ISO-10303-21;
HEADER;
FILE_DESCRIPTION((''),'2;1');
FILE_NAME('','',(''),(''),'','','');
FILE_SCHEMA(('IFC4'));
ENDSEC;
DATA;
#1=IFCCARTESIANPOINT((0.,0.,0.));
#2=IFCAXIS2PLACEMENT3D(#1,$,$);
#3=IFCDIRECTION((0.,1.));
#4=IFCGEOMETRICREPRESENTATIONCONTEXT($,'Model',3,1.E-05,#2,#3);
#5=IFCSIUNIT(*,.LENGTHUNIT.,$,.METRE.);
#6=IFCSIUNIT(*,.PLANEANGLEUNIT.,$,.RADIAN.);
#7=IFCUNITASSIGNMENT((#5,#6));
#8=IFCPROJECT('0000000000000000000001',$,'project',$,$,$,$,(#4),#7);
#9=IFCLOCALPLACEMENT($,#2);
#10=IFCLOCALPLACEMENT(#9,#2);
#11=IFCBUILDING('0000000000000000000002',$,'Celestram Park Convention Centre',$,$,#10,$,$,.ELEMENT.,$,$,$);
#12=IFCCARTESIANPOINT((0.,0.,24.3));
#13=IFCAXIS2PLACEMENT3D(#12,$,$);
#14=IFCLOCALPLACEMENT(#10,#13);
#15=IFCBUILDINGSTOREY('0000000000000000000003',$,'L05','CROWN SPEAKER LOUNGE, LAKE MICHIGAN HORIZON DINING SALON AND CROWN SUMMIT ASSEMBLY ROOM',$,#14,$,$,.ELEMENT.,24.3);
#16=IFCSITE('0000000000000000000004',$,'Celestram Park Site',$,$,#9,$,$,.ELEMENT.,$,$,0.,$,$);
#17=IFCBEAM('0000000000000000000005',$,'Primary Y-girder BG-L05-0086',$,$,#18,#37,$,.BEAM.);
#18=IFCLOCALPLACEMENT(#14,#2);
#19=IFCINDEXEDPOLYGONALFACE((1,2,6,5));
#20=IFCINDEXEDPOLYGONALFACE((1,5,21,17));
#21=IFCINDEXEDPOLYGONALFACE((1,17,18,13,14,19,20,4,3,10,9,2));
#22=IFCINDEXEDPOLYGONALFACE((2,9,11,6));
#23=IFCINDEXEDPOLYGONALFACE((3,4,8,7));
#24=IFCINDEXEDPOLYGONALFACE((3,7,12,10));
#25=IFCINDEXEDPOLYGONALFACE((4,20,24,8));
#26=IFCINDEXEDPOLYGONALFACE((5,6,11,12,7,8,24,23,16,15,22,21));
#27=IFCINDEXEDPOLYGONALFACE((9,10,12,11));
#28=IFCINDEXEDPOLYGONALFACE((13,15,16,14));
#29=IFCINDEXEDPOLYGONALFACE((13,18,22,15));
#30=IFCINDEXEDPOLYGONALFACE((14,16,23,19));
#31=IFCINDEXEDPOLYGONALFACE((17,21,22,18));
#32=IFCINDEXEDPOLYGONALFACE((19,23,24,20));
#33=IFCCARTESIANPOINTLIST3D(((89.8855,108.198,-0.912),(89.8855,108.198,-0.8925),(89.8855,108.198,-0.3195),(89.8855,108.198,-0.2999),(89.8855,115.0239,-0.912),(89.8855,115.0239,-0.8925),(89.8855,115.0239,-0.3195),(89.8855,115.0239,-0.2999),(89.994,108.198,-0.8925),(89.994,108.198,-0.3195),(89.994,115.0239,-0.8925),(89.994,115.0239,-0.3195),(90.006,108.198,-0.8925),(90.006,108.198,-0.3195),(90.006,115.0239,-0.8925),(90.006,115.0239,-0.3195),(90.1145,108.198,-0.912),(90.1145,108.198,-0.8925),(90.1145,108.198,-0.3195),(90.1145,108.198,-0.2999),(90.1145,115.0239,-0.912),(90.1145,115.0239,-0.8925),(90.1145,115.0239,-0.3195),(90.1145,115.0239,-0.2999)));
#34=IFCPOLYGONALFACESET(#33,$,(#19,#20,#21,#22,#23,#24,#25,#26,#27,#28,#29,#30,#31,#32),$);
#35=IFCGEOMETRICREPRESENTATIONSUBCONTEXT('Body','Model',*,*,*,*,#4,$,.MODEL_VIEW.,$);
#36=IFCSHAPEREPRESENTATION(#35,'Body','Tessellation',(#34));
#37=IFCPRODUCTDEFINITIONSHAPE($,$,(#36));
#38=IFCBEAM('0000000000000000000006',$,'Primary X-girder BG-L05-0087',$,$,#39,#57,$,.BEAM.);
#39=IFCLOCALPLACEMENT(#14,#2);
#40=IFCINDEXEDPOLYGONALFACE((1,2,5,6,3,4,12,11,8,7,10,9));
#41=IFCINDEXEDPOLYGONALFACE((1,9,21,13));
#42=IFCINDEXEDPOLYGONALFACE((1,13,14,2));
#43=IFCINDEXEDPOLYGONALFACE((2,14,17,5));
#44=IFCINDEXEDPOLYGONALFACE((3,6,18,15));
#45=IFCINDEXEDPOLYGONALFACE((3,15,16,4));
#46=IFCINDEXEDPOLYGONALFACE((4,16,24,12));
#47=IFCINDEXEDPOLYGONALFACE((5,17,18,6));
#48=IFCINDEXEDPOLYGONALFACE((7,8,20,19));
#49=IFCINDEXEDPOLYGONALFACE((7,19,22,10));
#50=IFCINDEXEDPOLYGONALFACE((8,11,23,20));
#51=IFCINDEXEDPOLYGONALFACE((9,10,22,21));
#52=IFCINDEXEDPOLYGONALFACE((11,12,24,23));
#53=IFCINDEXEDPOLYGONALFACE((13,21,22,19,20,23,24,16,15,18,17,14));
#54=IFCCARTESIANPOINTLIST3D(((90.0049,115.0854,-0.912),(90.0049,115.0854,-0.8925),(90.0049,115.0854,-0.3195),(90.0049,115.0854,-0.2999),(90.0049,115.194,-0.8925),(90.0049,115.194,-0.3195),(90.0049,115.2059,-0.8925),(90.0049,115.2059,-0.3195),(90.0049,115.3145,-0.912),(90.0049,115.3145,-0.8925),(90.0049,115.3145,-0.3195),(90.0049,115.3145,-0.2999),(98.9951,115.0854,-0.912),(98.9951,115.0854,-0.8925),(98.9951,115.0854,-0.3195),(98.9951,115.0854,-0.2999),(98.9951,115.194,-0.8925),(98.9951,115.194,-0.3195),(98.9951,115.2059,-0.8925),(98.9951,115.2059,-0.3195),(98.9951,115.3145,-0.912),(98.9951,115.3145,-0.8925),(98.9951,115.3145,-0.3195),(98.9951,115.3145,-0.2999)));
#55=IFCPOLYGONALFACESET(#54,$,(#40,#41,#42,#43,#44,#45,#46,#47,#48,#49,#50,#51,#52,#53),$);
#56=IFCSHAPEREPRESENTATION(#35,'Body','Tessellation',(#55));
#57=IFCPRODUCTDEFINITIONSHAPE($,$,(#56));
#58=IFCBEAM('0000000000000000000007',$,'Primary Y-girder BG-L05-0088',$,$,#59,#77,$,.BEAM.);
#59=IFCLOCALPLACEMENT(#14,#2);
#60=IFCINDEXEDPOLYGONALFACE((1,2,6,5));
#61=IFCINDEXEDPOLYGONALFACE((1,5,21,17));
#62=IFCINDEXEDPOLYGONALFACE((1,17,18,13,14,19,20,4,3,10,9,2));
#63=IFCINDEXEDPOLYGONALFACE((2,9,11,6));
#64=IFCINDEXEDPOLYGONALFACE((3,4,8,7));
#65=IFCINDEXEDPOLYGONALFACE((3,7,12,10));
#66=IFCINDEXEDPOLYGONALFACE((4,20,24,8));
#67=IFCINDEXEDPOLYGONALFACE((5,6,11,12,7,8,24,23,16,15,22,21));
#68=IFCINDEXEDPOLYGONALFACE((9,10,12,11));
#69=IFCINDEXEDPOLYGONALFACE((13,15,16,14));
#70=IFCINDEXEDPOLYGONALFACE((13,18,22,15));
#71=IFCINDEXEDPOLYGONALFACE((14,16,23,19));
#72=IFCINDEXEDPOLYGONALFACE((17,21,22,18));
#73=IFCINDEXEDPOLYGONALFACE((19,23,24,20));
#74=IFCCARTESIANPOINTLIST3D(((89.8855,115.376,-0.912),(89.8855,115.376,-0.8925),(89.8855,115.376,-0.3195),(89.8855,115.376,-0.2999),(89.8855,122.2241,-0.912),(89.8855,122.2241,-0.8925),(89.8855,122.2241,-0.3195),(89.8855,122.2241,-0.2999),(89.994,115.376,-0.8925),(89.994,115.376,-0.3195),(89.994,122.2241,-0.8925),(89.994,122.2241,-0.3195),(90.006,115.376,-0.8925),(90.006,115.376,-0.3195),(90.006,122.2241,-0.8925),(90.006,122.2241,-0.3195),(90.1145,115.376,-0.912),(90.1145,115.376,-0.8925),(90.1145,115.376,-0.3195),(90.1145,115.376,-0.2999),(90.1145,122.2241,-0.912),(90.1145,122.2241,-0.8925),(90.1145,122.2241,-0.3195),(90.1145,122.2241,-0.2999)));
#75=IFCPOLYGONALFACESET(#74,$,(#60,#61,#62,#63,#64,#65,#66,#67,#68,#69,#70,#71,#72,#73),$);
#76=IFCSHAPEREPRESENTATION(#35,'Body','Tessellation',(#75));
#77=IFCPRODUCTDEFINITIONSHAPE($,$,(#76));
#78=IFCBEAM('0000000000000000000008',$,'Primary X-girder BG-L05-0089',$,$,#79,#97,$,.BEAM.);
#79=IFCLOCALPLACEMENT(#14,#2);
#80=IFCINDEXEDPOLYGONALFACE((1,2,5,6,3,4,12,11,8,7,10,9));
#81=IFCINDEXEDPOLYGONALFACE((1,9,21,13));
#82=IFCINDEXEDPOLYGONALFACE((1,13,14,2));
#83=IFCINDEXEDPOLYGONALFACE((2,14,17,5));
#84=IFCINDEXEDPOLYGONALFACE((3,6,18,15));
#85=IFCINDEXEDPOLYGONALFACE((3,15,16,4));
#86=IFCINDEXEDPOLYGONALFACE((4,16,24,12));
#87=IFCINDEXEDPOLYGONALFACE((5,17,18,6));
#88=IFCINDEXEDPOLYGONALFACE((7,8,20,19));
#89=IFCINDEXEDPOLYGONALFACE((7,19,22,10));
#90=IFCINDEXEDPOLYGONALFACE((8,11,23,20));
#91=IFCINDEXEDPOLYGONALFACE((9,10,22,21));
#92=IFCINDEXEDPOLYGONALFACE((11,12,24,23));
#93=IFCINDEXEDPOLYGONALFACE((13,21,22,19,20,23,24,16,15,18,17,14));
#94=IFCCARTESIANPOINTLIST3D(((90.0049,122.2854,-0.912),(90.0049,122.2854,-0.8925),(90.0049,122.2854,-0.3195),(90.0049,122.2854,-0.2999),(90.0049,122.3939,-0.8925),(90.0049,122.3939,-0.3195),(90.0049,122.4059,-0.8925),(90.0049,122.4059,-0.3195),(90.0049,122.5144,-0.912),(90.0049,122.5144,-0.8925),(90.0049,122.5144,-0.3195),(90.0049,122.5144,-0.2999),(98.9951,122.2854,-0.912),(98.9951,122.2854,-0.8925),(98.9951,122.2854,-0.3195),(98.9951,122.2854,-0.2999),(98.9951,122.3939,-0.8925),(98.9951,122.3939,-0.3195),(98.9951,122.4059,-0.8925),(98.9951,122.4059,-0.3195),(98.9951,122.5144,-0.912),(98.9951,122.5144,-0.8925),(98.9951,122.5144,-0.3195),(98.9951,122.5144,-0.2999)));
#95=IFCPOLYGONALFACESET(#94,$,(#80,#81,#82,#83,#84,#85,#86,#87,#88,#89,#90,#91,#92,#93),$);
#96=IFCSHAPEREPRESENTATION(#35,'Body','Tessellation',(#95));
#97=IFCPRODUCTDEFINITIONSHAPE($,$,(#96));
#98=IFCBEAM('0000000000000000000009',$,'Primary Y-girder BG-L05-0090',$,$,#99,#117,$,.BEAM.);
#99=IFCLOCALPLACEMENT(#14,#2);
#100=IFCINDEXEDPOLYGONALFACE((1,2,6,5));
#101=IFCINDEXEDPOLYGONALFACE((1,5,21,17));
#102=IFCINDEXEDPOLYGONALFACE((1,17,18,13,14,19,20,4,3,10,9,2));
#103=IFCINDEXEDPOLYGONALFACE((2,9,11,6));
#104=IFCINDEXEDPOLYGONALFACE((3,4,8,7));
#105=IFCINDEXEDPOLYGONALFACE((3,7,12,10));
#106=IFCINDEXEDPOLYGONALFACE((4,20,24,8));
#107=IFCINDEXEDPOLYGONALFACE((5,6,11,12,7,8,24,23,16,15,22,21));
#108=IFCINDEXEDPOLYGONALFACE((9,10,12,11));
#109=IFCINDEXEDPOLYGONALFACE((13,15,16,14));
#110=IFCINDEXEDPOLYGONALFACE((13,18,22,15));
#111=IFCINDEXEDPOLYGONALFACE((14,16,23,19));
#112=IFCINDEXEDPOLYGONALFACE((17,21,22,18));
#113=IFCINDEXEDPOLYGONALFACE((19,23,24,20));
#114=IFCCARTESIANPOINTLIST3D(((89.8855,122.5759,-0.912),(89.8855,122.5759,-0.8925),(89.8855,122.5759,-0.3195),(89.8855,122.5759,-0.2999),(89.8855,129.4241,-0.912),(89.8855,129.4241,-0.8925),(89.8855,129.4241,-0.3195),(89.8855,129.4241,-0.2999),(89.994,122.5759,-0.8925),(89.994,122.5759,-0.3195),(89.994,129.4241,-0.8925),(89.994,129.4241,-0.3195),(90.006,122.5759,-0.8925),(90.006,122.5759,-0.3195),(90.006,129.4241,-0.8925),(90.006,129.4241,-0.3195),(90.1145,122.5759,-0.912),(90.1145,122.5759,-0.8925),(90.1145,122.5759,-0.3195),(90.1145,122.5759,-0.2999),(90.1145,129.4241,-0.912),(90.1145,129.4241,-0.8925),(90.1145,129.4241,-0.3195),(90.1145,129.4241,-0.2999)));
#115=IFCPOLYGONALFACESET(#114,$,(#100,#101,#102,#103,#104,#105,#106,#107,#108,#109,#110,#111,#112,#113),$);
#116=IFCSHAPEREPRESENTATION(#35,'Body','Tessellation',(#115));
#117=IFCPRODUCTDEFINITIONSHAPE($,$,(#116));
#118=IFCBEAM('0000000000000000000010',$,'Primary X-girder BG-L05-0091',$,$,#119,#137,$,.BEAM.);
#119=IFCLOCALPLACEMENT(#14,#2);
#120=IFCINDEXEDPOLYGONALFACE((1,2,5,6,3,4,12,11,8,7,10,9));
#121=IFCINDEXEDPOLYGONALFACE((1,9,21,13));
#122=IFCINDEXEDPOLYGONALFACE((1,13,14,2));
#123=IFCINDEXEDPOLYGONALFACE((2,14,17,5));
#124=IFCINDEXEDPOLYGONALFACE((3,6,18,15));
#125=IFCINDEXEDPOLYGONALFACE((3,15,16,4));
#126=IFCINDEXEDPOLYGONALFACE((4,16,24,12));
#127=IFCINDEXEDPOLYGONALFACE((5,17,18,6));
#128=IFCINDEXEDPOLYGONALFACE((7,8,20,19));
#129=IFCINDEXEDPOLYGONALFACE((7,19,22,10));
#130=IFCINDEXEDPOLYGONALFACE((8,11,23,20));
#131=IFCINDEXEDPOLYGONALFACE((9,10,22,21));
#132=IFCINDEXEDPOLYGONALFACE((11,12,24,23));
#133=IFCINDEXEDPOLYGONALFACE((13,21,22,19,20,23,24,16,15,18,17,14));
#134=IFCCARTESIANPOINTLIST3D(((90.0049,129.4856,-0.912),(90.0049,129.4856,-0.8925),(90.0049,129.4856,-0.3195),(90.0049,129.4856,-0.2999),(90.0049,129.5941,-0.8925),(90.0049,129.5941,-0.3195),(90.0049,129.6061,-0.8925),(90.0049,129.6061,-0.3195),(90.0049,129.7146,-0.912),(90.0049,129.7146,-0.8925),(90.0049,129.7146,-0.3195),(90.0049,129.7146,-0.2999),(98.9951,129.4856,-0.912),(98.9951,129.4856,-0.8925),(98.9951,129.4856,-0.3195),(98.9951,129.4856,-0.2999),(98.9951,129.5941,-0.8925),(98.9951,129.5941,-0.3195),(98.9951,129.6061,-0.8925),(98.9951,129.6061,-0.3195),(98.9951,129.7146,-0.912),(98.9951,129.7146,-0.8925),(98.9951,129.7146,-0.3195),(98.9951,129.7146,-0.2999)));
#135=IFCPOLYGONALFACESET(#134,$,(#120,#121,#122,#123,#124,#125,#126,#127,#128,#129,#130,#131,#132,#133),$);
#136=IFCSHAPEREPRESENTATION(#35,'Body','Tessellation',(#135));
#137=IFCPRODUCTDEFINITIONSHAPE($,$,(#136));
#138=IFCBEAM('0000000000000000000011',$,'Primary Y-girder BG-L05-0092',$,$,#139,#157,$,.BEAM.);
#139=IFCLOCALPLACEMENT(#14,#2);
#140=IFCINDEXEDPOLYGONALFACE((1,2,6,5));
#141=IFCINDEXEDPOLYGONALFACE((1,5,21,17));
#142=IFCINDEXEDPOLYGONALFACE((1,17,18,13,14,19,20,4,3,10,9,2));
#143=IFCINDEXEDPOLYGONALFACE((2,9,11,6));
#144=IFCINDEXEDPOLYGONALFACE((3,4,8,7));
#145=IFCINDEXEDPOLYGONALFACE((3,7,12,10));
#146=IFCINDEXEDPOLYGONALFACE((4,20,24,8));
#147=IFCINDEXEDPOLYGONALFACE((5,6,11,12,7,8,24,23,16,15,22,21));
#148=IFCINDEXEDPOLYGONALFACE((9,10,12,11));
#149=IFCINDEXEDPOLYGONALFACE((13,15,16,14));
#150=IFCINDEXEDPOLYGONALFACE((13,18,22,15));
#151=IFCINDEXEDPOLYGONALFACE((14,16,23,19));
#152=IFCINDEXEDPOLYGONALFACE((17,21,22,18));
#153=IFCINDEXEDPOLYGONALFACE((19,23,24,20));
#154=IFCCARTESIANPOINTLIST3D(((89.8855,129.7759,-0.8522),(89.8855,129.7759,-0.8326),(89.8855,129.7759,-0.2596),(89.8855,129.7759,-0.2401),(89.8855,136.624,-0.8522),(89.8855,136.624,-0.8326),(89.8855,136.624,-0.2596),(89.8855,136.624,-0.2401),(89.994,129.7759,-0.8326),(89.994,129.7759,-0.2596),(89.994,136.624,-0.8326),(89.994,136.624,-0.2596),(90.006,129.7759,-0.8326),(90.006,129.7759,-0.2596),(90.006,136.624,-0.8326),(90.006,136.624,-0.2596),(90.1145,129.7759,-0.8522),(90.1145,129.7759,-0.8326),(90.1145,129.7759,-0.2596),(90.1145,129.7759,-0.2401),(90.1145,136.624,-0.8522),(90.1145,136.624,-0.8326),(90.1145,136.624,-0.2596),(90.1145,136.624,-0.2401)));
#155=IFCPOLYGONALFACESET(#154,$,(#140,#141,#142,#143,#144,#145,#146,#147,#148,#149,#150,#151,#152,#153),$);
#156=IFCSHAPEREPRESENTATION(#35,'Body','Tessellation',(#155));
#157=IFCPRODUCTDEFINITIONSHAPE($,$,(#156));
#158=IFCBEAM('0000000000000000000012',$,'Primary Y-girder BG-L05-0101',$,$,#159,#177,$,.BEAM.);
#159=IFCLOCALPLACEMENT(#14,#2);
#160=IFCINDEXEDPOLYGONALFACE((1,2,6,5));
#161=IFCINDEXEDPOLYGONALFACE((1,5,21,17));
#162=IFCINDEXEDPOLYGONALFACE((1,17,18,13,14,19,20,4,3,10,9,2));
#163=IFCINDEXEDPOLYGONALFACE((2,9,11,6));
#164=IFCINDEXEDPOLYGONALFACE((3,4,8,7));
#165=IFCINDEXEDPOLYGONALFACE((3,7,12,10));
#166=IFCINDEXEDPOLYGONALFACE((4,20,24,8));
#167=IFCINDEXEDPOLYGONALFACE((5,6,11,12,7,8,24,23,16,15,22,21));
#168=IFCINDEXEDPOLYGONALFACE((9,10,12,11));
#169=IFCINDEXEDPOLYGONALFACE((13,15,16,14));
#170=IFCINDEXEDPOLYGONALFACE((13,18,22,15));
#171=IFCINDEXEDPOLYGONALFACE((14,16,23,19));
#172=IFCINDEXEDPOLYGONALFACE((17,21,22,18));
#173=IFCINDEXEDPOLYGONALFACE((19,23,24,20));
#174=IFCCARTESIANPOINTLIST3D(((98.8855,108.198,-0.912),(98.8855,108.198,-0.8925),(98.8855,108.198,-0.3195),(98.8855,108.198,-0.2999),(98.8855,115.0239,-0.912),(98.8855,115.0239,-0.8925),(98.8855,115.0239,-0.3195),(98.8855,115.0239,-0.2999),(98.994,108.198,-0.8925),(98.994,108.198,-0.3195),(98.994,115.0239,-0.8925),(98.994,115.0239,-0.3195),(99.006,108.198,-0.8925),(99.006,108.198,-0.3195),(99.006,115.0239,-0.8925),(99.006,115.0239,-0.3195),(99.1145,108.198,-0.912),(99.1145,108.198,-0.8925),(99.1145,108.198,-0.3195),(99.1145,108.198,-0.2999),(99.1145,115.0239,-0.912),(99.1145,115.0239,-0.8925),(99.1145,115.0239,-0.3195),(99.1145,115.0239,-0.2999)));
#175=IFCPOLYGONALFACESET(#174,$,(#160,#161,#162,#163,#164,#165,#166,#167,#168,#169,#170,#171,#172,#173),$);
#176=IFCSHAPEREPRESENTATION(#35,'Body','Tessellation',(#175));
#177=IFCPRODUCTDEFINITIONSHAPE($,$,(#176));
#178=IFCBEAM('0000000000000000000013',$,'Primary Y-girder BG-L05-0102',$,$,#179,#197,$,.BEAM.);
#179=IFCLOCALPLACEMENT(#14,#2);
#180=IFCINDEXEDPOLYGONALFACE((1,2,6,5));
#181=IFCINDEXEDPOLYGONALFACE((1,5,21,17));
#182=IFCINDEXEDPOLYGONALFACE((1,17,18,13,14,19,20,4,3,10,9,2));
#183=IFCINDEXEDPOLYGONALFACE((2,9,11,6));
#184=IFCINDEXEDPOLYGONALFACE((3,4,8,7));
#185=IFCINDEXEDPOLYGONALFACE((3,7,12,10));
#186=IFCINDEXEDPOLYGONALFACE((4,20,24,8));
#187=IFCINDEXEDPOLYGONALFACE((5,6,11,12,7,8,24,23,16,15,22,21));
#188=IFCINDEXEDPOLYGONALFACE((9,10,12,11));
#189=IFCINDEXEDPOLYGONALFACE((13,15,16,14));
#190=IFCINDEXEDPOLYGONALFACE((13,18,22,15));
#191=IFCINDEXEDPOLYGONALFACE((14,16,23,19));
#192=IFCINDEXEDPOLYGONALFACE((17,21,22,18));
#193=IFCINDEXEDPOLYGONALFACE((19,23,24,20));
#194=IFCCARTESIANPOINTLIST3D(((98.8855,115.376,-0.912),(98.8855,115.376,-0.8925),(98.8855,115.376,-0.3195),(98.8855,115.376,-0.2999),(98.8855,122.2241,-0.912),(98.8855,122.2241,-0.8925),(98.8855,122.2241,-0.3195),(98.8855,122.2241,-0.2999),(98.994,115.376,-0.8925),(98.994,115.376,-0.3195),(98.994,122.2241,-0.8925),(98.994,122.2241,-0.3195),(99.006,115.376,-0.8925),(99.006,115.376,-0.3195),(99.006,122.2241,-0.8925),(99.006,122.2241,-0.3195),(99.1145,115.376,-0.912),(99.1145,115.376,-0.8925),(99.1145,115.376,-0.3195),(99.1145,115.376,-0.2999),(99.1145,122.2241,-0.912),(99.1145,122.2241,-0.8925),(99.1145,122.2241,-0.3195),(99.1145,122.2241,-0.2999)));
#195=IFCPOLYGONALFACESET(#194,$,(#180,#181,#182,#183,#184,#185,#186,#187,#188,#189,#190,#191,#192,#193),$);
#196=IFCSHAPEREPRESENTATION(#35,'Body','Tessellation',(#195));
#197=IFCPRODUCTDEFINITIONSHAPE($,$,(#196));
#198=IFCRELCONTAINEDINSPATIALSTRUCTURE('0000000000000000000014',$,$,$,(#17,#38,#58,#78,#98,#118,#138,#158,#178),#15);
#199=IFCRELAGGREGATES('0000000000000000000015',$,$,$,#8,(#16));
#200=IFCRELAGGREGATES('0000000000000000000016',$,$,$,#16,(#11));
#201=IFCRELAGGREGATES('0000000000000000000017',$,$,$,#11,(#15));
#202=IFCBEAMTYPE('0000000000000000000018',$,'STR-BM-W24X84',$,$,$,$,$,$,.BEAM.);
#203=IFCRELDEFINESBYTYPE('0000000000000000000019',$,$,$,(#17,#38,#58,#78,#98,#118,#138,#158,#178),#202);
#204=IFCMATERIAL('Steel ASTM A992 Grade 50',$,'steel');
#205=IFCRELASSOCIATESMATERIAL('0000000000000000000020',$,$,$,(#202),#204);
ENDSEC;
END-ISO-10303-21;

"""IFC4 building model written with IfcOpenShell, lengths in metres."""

from ifc_helpers import new_model, si_unit, direction, frame, origin, origin_2d, place, context, subcontext, project, spatial, i_section, extrude, material, material_profile, profile_set, type_object, element, save


model = new_model("IFC4")

# Units and contexts
model_context = context("Model", 3, precision=1e-05, world=origin(), true_north=direction((0.0, 1.0)))
body_context = subcontext(model_context, "Body", "Model", "MODEL_VIEW")
ifc_project = project(units=[si_unit("LENGTHUNIT", "METRE"), si_unit("PLANEANGLEUNIT", "RADIAN")], contexts=[model_context])

# Site, building, storey
site_placement = place(None, origin())
site = spatial("IfcSite", under=ifc_project, at=site_placement, Name="Celestram Park Site", CompositionType="ELEMENT", RefElevation=0.0)
building_placement = place(site_placement, origin())
building = spatial("IfcBuilding", under=site, at=building_placement, Name="Celestram Park Convention Centre", CompositionType="ELEMENT")
storey_placement = place(building_placement, frame((0.0, 0.0, 24.3)))
storey = spatial("IfcBuildingStorey", under=building, at=storey_placement, Name="L05", Description="CROWN SPEAKER LOUNGE, LAKE MICHIGAN HORIZON DINING SALON AND CROWN SUMMIT ASSEMBLY ROOM", CompositionType="ELEMENT", Elevation=24.3)

# Beams
ifc_material_1 = material(Name="Steel ASTM A992 Grade 50", Category="steel")
ifc_material_profile_1 = material_profile(ifc_material_1, i_section(OverallWidth=0.229, OverallDepth=0.6121, WebThickness=0.012, FlangeThickness=0.0195, at=origin_2d()), Name="W24X84")
ifc_profile_set_1 = profile_set([ifc_material_profile_1], Name="Steel ASTM A992 Grade 50")
beam_type_1 = type_object("IfcBeamType", Name="STR-BM-W24X84", PredefinedType="BEAM", material=ifc_profile_set_1)
beam_1_placement = place(storey_placement, frame((90.0, 108.198, -0.606), z_axis=(0.0, 1.0, 0.0), x_axis=(-1.0, 0.0, 0.0)))
element("IfcBeam", 1, at=beam_1_placement, inside=storey, type_object=beam_type_1, Name="Primary Y-girder BG-L05-0086", PredefinedType="BEAM", context=body_context, shape_type="SweptSolid", body=[
    extrude(i_section(OverallWidth=0.229, OverallDepth=0.6121, WebThickness=0.012, FlangeThickness=0.0195, at=origin_2d()), origin(), (0.0, 0.0, 1.0), 6.8259),
])
beam_2_placement = place(storey_placement, frame((90.0049, 115.2, -0.606), z_axis=(1.0, 0.0, 0.0), x_axis=(0.0, 1.0, 0.0)))
element("IfcBeam", 2, at=beam_2_placement, inside=storey, type_object=beam_type_1, Name="Primary X-girder BG-L05-0087", PredefinedType="BEAM", context=body_context, shape_type="SweptSolid", body=[
    extrude(i_section(OverallWidth=0.229, OverallDepth=0.6121, WebThickness=0.012, FlangeThickness=0.0195, at=origin_2d()), origin(), (0.0, 0.0, 1.0), 8.9902),
])
beam_3_placement = place(storey_placement, frame((90.0, 115.376, -0.606), z_axis=(0.0, 1.0, 0.0), x_axis=(-1.0, 0.0, 0.0)))
element("IfcBeam", 3, at=beam_3_placement, inside=storey, type_object=beam_type_1, Name="Primary Y-girder BG-L05-0088", PredefinedType="BEAM", context=body_context, shape_type="SweptSolid", body=[
    extrude(i_section(OverallWidth=0.229, OverallDepth=0.6121, WebThickness=0.012, FlangeThickness=0.0195, at=origin_2d()), origin(), (0.0, 0.0, 1.0), 6.8481),
])
beam_4_placement = place(storey_placement, frame((90.0049, 122.3999, -0.606), z_axis=(1.0, 0.0, 0.0), x_axis=(0.0, 1.0, 0.0)))
element("IfcBeam", 4, at=beam_4_placement, inside=storey, type_object=beam_type_1, Name="Primary X-girder BG-L05-0089", PredefinedType="BEAM", context=body_context, shape_type="SweptSolid", body=[
    extrude(i_section(OverallWidth=0.229, OverallDepth=0.6121, WebThickness=0.012, FlangeThickness=0.0195, at=origin_2d()), origin(), (0.0, 0.0, 1.0), 8.9902),
])
beam_5_placement = place(storey_placement, frame((90.0, 122.5759, -0.606), z_axis=(0.0, 1.0, 0.0), x_axis=(-1.0, 0.0, 0.0)))
element("IfcBeam", 5, at=beam_5_placement, inside=storey, type_object=beam_type_1, Name="Primary Y-girder BG-L05-0090", PredefinedType="BEAM", context=body_context, shape_type="SweptSolid", body=[
    extrude(i_section(OverallWidth=0.229, OverallDepth=0.6121, WebThickness=0.012, FlangeThickness=0.0195, at=origin_2d()), origin(), (0.0, 0.0, 1.0), 6.8481),
])
beam_6_placement = place(storey_placement, frame((90.0049, 129.6001, -0.606), z_axis=(1.0, 0.0, 0.0), x_axis=(0.0, 1.0, 0.0)))
element("IfcBeam", 6, at=beam_6_placement, inside=storey, type_object=beam_type_1, Name="Primary X-girder BG-L05-0091", PredefinedType="BEAM", context=body_context, shape_type="SweptSolid", body=[
    extrude(i_section(OverallWidth=0.229, OverallDepth=0.6121, WebThickness=0.012, FlangeThickness=0.0195, at=origin_2d()), origin(), (0.0, 0.0, 1.0), 8.9902),
])
beam_7_placement = place(storey_placement, frame((90.0, 129.7759, -0.5461), z_axis=(0.0, 1.0, 0.0), x_axis=(-1.0, 0.0, 0.0)))
element("IfcBeam", 7, at=beam_7_placement, inside=storey, type_object=beam_type_1, Name="Primary Y-girder BG-L05-0092", PredefinedType="BEAM", context=body_context, shape_type="SweptSolid", body=[
    extrude(i_section(OverallWidth=0.229, OverallDepth=0.6121, WebThickness=0.012, FlangeThickness=0.0195, at=origin_2d()), origin(), (0.0, 0.0, 1.0), 6.8481),
])
beam_8_placement = place(storey_placement, frame((99.0, 108.198, -0.606), z_axis=(0.0, 1.0, 0.0), x_axis=(-1.0, 0.0, 0.0)))
element("IfcBeam", 8, at=beam_8_placement, inside=storey, type_object=beam_type_1, Name="Primary Y-girder BG-L05-0101", PredefinedType="BEAM", context=body_context, shape_type="SweptSolid", body=[
    extrude(i_section(OverallWidth=0.229, OverallDepth=0.6121, WebThickness=0.012, FlangeThickness=0.0195, at=origin_2d()), origin(), (0.0, 0.0, 1.0), 6.8259),
])
beam_9_placement = place(storey_placement, frame((99.0, 115.376, -0.606), z_axis=(0.0, 1.0, 0.0), x_axis=(-1.0, 0.0, 0.0)))
element("IfcBeam", 9, at=beam_9_placement, inside=storey, type_object=beam_type_1, Name="Primary Y-girder BG-L05-0102", PredefinedType="BEAM", context=body_context, shape_type="SweptSolid", body=[
    extrude(i_section(OverallWidth=0.229, OverallDepth=0.6121, WebThickness=0.012, FlangeThickness=0.0195, at=origin_2d()), origin(), (0.0, 0.0, 1.0), 6.8481),
])

save(model, "model.ifc")
